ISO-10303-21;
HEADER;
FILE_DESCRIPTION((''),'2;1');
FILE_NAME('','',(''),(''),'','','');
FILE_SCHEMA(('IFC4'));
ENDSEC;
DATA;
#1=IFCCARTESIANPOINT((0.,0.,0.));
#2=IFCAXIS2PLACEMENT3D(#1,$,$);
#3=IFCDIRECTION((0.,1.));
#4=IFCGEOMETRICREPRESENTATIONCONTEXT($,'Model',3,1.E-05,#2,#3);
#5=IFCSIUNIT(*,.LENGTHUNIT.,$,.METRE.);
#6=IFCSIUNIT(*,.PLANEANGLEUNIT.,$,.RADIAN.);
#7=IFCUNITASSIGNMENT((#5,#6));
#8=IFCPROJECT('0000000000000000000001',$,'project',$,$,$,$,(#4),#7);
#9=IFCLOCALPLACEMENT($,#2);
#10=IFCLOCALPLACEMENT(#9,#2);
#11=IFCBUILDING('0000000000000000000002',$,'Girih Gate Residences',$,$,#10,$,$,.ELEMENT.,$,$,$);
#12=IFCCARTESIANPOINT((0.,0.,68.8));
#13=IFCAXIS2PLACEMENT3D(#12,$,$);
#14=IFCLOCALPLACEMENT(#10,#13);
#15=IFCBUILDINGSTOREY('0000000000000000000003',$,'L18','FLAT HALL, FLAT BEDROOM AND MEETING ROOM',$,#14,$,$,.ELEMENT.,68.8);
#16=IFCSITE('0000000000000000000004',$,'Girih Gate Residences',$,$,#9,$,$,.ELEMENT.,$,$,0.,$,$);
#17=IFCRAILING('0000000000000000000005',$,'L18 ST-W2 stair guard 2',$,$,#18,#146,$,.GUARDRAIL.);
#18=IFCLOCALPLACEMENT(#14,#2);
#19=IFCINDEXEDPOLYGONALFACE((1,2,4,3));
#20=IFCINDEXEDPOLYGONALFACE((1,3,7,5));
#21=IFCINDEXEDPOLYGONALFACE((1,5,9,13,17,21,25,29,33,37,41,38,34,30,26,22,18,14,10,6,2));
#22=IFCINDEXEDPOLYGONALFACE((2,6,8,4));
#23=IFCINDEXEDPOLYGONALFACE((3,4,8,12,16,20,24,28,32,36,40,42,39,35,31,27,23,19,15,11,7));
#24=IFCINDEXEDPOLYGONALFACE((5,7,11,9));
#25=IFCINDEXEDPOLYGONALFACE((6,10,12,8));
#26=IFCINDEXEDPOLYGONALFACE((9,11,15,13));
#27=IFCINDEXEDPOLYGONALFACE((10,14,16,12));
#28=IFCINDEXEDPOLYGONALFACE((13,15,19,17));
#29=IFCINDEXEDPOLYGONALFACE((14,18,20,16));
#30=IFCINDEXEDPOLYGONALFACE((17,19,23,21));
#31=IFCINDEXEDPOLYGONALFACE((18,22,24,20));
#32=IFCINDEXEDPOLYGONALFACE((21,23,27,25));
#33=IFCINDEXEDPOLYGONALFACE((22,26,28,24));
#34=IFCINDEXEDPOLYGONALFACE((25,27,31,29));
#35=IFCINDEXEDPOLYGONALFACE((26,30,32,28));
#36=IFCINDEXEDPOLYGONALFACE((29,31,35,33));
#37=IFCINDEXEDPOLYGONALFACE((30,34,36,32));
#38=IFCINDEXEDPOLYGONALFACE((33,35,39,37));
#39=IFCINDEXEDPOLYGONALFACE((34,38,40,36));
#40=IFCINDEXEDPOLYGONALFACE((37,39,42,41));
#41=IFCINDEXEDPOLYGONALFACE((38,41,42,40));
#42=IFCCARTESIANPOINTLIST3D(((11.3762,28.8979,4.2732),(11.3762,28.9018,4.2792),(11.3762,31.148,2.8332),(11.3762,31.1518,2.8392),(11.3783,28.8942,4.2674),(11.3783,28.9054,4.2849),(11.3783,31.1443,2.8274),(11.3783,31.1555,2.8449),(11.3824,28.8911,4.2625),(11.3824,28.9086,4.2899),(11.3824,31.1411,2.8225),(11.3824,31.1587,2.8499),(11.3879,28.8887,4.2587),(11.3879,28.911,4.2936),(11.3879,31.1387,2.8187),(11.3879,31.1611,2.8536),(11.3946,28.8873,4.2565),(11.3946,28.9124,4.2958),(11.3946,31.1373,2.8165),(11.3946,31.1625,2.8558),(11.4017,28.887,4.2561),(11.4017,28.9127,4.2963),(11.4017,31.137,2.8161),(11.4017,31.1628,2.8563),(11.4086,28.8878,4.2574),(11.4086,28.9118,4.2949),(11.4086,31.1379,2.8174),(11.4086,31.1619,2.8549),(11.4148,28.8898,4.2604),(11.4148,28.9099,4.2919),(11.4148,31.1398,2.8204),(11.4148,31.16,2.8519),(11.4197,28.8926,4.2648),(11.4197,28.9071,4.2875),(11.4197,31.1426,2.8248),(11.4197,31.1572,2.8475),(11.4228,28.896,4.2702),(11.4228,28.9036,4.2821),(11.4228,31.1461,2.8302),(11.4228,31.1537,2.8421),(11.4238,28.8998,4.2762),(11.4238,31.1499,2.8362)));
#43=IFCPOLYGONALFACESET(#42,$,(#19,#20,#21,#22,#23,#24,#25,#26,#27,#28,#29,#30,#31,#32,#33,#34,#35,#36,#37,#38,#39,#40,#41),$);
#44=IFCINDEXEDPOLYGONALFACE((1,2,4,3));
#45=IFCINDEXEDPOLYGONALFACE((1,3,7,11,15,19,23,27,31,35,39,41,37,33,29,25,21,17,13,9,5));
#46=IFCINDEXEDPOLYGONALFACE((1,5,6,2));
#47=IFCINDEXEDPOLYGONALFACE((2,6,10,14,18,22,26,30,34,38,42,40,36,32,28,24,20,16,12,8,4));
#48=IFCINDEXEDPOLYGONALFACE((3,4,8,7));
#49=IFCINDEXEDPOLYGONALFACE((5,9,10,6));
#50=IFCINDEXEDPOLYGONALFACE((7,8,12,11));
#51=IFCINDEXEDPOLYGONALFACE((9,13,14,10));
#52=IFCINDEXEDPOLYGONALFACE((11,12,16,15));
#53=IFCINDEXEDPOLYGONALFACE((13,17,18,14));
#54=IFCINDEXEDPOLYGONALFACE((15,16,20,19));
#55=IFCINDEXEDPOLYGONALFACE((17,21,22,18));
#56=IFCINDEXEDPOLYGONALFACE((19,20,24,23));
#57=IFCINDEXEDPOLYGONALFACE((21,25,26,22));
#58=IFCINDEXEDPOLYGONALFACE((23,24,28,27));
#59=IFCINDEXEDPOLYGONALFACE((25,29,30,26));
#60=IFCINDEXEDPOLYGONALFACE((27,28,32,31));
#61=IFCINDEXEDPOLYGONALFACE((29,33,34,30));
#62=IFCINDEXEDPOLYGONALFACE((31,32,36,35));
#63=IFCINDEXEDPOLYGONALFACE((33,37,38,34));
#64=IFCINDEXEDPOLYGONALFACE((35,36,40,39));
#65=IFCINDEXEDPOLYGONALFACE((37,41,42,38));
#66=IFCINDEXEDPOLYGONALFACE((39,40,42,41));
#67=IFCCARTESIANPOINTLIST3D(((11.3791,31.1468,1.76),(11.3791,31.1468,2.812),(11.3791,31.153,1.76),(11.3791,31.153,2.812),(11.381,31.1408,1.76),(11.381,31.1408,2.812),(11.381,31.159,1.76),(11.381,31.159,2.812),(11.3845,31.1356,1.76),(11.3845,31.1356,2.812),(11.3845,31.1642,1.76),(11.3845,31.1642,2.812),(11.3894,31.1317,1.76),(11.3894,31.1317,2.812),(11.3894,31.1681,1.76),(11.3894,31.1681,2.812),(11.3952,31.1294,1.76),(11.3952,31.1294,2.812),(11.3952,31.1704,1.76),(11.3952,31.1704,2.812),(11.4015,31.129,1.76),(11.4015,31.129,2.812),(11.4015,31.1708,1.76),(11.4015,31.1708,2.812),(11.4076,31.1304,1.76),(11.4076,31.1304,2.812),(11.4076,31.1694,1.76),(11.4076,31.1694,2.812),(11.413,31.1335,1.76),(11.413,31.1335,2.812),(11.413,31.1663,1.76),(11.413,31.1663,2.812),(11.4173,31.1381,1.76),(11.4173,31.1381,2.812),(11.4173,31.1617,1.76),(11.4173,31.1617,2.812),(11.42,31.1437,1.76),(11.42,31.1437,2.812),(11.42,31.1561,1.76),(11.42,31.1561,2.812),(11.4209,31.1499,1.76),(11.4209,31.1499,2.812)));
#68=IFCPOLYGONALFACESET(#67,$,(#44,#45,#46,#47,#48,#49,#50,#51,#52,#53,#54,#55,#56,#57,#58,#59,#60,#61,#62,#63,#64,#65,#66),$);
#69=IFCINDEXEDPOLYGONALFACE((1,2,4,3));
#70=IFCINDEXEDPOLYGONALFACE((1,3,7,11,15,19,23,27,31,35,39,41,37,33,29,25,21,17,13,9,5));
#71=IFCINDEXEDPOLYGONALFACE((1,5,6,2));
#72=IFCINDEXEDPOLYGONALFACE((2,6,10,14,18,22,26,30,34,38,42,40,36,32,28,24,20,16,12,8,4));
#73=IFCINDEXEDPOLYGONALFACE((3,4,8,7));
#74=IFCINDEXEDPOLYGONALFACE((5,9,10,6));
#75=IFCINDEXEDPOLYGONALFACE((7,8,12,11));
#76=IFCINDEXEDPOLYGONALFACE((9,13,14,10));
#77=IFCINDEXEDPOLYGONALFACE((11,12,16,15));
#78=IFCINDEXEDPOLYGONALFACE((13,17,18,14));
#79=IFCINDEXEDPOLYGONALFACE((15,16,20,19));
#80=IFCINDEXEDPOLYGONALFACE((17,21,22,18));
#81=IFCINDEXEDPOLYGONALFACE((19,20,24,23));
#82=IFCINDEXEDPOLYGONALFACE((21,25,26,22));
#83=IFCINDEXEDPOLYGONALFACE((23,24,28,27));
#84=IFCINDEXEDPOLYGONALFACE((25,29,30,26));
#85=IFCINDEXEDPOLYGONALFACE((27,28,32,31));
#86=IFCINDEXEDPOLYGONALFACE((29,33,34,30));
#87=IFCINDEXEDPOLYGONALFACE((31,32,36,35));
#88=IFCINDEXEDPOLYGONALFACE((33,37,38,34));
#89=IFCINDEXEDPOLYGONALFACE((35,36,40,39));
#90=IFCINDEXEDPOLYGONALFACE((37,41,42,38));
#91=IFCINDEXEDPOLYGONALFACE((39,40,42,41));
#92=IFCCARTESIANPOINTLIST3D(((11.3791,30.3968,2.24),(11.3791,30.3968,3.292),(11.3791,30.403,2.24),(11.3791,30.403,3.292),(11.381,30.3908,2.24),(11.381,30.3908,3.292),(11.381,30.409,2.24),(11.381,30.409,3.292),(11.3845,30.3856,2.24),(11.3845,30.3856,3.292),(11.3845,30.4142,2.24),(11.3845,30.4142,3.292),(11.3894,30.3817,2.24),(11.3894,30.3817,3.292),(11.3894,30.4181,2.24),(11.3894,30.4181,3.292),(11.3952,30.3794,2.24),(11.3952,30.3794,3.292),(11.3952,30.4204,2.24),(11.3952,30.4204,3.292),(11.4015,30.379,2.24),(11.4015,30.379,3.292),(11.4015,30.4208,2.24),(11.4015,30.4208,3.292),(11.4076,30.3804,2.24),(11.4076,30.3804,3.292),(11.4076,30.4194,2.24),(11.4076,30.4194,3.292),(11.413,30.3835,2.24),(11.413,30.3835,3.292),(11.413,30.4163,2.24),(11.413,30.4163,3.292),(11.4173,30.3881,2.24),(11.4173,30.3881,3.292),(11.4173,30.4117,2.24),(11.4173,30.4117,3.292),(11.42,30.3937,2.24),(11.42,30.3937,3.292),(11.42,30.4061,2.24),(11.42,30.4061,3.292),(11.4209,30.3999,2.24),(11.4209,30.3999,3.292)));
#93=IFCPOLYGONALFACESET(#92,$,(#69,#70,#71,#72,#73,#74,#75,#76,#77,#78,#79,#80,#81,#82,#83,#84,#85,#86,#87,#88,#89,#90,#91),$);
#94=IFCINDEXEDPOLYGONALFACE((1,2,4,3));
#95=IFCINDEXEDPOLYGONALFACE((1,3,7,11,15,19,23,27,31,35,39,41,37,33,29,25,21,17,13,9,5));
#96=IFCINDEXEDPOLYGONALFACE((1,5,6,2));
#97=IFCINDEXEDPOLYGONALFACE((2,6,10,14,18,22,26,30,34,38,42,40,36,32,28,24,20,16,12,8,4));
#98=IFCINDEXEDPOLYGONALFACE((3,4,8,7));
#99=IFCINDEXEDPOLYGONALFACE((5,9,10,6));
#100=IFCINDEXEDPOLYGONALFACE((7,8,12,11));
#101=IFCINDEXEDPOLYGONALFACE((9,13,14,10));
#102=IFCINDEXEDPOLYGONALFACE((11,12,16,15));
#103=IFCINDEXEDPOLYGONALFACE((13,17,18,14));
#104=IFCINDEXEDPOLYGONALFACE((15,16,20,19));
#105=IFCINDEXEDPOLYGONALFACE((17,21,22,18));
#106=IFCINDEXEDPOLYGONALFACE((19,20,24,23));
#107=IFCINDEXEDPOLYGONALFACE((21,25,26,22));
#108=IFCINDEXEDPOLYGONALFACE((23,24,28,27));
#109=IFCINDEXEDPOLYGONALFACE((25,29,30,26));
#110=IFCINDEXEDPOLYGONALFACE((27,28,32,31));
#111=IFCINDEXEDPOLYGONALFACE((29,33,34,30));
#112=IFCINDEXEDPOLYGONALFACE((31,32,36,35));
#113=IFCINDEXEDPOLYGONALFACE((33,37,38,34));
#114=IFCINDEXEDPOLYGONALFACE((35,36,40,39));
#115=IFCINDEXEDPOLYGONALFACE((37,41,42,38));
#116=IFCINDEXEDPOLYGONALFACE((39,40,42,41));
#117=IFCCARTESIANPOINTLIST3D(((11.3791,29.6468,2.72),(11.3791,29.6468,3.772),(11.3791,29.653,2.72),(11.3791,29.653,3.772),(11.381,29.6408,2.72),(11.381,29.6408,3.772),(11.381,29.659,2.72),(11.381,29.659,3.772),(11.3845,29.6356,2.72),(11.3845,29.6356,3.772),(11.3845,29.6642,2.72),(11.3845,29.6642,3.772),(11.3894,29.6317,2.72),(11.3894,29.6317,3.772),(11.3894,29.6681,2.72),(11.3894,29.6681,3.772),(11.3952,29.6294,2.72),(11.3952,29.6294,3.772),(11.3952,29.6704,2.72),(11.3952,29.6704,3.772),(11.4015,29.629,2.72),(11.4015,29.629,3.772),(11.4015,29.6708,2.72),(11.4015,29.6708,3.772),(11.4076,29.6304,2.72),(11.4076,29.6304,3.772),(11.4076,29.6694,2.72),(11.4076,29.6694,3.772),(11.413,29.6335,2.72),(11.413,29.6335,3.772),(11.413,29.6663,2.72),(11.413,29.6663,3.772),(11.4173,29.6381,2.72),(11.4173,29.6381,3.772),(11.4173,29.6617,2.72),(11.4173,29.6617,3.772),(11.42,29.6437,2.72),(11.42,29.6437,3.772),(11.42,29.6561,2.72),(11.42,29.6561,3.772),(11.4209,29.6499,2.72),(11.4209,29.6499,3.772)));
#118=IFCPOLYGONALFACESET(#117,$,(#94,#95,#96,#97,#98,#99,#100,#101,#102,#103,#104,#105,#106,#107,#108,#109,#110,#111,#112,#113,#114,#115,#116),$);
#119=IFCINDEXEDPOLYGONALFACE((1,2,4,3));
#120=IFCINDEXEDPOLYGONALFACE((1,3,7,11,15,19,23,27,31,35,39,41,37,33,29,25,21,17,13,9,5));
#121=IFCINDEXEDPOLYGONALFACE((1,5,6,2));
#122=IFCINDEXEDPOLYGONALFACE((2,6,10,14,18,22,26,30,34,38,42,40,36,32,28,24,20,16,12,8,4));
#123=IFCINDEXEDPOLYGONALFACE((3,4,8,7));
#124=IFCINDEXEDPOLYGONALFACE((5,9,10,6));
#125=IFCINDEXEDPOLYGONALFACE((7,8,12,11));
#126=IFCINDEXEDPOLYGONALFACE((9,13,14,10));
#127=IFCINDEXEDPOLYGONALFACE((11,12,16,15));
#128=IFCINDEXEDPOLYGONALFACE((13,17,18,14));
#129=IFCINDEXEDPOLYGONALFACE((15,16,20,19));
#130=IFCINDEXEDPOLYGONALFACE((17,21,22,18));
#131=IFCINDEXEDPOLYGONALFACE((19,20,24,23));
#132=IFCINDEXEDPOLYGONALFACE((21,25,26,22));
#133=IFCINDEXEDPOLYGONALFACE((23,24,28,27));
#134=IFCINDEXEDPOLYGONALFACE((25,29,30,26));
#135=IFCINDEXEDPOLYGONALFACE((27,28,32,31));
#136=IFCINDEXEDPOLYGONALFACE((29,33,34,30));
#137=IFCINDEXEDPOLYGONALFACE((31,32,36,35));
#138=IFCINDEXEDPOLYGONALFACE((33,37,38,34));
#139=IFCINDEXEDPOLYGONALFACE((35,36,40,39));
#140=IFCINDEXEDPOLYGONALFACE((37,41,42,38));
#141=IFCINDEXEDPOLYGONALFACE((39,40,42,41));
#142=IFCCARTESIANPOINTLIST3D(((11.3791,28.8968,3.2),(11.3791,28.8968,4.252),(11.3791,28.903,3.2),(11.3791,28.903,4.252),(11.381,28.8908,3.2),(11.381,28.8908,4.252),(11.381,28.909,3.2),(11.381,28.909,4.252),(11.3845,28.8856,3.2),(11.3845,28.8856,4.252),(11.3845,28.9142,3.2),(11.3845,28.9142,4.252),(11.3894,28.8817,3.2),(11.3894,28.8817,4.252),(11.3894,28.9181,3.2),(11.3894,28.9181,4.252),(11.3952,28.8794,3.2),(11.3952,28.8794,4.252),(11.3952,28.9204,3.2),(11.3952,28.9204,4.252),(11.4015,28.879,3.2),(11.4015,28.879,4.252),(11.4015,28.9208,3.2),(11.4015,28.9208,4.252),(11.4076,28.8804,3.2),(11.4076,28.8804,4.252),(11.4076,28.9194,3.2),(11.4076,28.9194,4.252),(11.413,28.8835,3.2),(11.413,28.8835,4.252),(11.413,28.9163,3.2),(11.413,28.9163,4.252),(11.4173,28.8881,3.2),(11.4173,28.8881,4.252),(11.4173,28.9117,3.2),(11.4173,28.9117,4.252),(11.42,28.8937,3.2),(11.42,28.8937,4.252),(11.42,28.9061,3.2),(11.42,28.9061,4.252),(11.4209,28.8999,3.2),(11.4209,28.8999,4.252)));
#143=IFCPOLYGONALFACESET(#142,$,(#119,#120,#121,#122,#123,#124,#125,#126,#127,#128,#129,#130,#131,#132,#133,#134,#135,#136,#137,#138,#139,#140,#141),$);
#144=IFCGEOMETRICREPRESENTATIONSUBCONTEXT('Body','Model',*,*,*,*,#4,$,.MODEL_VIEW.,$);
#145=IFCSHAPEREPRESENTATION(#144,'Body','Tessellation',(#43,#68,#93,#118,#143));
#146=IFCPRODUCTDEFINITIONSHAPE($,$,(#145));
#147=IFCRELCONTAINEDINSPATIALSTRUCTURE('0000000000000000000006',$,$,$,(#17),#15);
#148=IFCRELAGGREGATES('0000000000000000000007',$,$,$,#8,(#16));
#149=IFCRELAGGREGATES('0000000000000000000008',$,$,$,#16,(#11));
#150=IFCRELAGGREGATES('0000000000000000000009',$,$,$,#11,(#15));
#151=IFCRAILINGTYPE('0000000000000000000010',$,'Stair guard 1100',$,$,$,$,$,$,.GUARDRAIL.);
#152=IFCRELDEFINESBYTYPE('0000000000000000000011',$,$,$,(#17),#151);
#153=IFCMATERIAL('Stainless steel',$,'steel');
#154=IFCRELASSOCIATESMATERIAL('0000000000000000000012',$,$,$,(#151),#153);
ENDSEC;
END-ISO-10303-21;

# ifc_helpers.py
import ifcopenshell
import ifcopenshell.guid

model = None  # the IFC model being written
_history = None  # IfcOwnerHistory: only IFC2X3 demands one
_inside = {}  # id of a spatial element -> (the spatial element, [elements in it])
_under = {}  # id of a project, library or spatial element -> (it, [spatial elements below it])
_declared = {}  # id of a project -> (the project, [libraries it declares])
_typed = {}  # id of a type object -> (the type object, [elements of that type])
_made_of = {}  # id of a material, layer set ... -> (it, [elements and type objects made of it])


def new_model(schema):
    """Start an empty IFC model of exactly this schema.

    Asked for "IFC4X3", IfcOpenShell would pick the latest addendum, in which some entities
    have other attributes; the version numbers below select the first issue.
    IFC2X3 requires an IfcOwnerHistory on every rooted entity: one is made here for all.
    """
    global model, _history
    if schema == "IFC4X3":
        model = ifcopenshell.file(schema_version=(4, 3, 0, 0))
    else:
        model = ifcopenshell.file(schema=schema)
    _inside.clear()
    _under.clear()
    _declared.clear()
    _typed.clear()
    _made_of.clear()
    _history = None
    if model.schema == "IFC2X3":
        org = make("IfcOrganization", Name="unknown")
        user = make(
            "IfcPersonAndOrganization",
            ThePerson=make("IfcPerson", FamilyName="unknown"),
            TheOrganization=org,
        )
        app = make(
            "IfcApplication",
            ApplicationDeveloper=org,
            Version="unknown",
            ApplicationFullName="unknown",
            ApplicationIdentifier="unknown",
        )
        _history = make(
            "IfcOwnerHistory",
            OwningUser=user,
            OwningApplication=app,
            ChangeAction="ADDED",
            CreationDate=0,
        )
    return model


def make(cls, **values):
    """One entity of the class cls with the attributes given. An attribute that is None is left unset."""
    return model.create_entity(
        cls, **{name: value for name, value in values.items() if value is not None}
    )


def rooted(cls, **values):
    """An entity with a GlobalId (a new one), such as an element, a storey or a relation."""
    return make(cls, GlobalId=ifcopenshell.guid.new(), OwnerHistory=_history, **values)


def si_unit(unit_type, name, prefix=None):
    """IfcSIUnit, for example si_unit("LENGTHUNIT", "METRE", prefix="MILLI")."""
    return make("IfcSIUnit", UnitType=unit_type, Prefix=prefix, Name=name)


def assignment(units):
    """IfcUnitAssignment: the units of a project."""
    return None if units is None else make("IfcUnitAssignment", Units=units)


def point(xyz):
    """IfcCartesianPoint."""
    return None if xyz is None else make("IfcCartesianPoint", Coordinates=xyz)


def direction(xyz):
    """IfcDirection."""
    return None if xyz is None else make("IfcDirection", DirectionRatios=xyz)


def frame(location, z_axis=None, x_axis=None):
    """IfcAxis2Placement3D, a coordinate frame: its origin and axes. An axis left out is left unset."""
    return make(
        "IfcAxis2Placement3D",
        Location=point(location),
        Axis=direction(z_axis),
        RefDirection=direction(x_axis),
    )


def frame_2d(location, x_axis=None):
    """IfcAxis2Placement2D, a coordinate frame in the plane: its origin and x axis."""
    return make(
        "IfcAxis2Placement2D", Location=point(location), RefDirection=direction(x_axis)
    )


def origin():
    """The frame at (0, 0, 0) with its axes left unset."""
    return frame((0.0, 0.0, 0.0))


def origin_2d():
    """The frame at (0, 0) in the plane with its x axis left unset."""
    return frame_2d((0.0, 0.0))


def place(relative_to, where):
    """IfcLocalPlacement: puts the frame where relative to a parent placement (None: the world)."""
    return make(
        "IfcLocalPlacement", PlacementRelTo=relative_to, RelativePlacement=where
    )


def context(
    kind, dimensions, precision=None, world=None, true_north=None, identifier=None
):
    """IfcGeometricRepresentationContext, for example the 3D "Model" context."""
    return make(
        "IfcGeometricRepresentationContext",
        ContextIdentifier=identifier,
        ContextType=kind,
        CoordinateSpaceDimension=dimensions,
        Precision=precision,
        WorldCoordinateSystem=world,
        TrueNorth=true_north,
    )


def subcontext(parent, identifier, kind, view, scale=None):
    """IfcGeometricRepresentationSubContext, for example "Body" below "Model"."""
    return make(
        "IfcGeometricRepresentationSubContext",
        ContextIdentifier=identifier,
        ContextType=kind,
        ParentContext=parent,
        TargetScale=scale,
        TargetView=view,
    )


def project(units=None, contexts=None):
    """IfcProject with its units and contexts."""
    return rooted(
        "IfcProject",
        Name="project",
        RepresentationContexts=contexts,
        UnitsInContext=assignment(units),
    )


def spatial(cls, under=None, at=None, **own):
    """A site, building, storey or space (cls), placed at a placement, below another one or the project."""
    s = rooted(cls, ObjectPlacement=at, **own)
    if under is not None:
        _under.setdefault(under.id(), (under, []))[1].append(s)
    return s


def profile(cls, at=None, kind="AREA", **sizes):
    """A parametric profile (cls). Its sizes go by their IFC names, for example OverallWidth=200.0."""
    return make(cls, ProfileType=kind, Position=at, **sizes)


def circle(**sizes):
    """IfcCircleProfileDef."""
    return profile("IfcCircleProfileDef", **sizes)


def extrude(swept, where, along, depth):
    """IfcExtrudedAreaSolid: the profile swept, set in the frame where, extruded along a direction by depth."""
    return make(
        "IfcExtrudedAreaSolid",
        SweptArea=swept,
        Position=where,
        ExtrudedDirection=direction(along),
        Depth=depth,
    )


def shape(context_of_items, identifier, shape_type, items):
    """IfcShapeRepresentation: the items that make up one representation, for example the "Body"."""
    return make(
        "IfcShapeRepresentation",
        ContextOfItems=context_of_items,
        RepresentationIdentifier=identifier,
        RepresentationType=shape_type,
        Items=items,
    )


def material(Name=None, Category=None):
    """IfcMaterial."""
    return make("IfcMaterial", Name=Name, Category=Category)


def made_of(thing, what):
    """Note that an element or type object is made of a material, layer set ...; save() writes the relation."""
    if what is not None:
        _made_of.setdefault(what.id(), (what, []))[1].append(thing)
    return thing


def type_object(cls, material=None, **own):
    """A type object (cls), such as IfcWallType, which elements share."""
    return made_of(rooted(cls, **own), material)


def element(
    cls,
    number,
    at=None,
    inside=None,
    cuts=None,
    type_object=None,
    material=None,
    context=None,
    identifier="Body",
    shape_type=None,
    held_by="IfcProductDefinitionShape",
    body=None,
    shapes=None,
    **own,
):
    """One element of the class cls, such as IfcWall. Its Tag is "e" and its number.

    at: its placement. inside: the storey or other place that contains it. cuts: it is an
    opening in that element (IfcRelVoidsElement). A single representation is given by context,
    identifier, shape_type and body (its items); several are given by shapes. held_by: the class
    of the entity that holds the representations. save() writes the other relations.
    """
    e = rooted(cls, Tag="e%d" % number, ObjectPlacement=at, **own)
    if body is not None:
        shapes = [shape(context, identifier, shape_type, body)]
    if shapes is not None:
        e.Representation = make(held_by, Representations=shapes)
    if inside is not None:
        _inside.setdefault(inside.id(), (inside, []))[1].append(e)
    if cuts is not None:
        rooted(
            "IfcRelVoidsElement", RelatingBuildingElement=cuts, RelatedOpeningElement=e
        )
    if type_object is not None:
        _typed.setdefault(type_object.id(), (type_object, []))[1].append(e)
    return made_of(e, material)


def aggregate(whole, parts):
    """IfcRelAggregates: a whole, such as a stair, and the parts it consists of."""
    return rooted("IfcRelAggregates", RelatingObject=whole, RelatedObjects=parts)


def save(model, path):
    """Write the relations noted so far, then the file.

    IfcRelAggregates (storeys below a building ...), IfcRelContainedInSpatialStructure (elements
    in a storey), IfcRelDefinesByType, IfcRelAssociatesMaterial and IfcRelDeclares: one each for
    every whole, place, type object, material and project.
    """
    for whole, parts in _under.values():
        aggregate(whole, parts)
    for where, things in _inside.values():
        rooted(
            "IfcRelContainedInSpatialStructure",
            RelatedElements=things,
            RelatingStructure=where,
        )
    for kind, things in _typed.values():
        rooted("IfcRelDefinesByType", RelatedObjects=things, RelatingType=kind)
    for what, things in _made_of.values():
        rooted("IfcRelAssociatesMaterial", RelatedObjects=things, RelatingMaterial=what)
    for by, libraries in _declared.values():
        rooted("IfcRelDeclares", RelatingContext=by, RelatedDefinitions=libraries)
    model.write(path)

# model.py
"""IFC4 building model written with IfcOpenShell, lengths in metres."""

from ifc_helpers import new_model, si_unit, direction, frame, origin, origin_2d, place, context, subcontext, project, spatial, circle, extrude, material, type_object, element, save


model = new_model("IFC4")

# Units and contexts
model_context = context("Model", 3, precision=1e-05, world=origin(), true_north=direction((0.0, 1.0)))
body_context = subcontext(model_context, "Body", "Model", "MODEL_VIEW")
ifc_project = project(units=[si_unit("LENGTHUNIT", "METRE"), si_unit("PLANEANGLEUNIT", "RADIAN")], contexts=[model_context])

# Site, building, storey
site_placement = place(None, origin())
site = spatial("IfcSite", under=ifc_project, at=site_placement, Name="Girih Gate Residences", CompositionType="ELEMENT", RefElevation=0.0)
building_placement = place(site_placement, origin())
building = spatial("IfcBuilding", under=site, at=building_placement, Name="Girih Gate Residences", CompositionType="ELEMENT")
storey_placement = place(building_placement, frame((0.0, 0.0, 68.8)))
storey = spatial("IfcBuildingStorey", under=building, at=storey_placement, Name="L18", Description="FLAT HALL, FLAT BEDROOM AND MEETING ROOM", CompositionType="ELEMENT", Elevation=68.8)

# Railing
ifc_material_1 = material(Name="Stainless steel", Category="steel")
railing_type_1 = type_object("IfcRailingType", Name="Stair guard 1100", PredefinedType="GUARDRAIL", material=ifc_material_1)
railing_1_placement = place(storey_placement, frame((11.3999, 31.1499, 1.76)))
element("IfcRailing", 1, at=railing_1_placement, inside=storey, type_object=railing_type_1, Name="L18 ST-W2 stair guard 2", PredefinedType="GUARDRAIL", context=body_context, shape_type="SweptSolid", body=[
    extrude(circle(Radius=0.0239, at=origin_2d()), frame((0.0, 0.0, 1.0762), z_axis=(0.0, -0.842281, 0.539038), x_axis=(1.0, 0.0, 0.0)), (0.0, 0.0, 1.0), 2.6714),
    extrude(circle(Radius=0.021, at=origin_2d()), origin(), (0.0, 0.0, 1.0), 1.052),
    extrude(circle(Radius=0.021, at=origin_2d()), frame((0.0, -0.75, 0.48)), (0.0, 0.0, 1.0), 1.052),
    extrude(circle(Radius=0.021, at=origin_2d()), frame((0.0, -1.5, 0.96)), (0.0, 0.0, 1.0), 1.052),
    extrude(circle(Radius=0.021, at=origin_2d()), frame((0.0, -2.25, 1.4399)), (0.0, 0.0, 1.0), 1.052),
])

save(model, "model.ifc")
